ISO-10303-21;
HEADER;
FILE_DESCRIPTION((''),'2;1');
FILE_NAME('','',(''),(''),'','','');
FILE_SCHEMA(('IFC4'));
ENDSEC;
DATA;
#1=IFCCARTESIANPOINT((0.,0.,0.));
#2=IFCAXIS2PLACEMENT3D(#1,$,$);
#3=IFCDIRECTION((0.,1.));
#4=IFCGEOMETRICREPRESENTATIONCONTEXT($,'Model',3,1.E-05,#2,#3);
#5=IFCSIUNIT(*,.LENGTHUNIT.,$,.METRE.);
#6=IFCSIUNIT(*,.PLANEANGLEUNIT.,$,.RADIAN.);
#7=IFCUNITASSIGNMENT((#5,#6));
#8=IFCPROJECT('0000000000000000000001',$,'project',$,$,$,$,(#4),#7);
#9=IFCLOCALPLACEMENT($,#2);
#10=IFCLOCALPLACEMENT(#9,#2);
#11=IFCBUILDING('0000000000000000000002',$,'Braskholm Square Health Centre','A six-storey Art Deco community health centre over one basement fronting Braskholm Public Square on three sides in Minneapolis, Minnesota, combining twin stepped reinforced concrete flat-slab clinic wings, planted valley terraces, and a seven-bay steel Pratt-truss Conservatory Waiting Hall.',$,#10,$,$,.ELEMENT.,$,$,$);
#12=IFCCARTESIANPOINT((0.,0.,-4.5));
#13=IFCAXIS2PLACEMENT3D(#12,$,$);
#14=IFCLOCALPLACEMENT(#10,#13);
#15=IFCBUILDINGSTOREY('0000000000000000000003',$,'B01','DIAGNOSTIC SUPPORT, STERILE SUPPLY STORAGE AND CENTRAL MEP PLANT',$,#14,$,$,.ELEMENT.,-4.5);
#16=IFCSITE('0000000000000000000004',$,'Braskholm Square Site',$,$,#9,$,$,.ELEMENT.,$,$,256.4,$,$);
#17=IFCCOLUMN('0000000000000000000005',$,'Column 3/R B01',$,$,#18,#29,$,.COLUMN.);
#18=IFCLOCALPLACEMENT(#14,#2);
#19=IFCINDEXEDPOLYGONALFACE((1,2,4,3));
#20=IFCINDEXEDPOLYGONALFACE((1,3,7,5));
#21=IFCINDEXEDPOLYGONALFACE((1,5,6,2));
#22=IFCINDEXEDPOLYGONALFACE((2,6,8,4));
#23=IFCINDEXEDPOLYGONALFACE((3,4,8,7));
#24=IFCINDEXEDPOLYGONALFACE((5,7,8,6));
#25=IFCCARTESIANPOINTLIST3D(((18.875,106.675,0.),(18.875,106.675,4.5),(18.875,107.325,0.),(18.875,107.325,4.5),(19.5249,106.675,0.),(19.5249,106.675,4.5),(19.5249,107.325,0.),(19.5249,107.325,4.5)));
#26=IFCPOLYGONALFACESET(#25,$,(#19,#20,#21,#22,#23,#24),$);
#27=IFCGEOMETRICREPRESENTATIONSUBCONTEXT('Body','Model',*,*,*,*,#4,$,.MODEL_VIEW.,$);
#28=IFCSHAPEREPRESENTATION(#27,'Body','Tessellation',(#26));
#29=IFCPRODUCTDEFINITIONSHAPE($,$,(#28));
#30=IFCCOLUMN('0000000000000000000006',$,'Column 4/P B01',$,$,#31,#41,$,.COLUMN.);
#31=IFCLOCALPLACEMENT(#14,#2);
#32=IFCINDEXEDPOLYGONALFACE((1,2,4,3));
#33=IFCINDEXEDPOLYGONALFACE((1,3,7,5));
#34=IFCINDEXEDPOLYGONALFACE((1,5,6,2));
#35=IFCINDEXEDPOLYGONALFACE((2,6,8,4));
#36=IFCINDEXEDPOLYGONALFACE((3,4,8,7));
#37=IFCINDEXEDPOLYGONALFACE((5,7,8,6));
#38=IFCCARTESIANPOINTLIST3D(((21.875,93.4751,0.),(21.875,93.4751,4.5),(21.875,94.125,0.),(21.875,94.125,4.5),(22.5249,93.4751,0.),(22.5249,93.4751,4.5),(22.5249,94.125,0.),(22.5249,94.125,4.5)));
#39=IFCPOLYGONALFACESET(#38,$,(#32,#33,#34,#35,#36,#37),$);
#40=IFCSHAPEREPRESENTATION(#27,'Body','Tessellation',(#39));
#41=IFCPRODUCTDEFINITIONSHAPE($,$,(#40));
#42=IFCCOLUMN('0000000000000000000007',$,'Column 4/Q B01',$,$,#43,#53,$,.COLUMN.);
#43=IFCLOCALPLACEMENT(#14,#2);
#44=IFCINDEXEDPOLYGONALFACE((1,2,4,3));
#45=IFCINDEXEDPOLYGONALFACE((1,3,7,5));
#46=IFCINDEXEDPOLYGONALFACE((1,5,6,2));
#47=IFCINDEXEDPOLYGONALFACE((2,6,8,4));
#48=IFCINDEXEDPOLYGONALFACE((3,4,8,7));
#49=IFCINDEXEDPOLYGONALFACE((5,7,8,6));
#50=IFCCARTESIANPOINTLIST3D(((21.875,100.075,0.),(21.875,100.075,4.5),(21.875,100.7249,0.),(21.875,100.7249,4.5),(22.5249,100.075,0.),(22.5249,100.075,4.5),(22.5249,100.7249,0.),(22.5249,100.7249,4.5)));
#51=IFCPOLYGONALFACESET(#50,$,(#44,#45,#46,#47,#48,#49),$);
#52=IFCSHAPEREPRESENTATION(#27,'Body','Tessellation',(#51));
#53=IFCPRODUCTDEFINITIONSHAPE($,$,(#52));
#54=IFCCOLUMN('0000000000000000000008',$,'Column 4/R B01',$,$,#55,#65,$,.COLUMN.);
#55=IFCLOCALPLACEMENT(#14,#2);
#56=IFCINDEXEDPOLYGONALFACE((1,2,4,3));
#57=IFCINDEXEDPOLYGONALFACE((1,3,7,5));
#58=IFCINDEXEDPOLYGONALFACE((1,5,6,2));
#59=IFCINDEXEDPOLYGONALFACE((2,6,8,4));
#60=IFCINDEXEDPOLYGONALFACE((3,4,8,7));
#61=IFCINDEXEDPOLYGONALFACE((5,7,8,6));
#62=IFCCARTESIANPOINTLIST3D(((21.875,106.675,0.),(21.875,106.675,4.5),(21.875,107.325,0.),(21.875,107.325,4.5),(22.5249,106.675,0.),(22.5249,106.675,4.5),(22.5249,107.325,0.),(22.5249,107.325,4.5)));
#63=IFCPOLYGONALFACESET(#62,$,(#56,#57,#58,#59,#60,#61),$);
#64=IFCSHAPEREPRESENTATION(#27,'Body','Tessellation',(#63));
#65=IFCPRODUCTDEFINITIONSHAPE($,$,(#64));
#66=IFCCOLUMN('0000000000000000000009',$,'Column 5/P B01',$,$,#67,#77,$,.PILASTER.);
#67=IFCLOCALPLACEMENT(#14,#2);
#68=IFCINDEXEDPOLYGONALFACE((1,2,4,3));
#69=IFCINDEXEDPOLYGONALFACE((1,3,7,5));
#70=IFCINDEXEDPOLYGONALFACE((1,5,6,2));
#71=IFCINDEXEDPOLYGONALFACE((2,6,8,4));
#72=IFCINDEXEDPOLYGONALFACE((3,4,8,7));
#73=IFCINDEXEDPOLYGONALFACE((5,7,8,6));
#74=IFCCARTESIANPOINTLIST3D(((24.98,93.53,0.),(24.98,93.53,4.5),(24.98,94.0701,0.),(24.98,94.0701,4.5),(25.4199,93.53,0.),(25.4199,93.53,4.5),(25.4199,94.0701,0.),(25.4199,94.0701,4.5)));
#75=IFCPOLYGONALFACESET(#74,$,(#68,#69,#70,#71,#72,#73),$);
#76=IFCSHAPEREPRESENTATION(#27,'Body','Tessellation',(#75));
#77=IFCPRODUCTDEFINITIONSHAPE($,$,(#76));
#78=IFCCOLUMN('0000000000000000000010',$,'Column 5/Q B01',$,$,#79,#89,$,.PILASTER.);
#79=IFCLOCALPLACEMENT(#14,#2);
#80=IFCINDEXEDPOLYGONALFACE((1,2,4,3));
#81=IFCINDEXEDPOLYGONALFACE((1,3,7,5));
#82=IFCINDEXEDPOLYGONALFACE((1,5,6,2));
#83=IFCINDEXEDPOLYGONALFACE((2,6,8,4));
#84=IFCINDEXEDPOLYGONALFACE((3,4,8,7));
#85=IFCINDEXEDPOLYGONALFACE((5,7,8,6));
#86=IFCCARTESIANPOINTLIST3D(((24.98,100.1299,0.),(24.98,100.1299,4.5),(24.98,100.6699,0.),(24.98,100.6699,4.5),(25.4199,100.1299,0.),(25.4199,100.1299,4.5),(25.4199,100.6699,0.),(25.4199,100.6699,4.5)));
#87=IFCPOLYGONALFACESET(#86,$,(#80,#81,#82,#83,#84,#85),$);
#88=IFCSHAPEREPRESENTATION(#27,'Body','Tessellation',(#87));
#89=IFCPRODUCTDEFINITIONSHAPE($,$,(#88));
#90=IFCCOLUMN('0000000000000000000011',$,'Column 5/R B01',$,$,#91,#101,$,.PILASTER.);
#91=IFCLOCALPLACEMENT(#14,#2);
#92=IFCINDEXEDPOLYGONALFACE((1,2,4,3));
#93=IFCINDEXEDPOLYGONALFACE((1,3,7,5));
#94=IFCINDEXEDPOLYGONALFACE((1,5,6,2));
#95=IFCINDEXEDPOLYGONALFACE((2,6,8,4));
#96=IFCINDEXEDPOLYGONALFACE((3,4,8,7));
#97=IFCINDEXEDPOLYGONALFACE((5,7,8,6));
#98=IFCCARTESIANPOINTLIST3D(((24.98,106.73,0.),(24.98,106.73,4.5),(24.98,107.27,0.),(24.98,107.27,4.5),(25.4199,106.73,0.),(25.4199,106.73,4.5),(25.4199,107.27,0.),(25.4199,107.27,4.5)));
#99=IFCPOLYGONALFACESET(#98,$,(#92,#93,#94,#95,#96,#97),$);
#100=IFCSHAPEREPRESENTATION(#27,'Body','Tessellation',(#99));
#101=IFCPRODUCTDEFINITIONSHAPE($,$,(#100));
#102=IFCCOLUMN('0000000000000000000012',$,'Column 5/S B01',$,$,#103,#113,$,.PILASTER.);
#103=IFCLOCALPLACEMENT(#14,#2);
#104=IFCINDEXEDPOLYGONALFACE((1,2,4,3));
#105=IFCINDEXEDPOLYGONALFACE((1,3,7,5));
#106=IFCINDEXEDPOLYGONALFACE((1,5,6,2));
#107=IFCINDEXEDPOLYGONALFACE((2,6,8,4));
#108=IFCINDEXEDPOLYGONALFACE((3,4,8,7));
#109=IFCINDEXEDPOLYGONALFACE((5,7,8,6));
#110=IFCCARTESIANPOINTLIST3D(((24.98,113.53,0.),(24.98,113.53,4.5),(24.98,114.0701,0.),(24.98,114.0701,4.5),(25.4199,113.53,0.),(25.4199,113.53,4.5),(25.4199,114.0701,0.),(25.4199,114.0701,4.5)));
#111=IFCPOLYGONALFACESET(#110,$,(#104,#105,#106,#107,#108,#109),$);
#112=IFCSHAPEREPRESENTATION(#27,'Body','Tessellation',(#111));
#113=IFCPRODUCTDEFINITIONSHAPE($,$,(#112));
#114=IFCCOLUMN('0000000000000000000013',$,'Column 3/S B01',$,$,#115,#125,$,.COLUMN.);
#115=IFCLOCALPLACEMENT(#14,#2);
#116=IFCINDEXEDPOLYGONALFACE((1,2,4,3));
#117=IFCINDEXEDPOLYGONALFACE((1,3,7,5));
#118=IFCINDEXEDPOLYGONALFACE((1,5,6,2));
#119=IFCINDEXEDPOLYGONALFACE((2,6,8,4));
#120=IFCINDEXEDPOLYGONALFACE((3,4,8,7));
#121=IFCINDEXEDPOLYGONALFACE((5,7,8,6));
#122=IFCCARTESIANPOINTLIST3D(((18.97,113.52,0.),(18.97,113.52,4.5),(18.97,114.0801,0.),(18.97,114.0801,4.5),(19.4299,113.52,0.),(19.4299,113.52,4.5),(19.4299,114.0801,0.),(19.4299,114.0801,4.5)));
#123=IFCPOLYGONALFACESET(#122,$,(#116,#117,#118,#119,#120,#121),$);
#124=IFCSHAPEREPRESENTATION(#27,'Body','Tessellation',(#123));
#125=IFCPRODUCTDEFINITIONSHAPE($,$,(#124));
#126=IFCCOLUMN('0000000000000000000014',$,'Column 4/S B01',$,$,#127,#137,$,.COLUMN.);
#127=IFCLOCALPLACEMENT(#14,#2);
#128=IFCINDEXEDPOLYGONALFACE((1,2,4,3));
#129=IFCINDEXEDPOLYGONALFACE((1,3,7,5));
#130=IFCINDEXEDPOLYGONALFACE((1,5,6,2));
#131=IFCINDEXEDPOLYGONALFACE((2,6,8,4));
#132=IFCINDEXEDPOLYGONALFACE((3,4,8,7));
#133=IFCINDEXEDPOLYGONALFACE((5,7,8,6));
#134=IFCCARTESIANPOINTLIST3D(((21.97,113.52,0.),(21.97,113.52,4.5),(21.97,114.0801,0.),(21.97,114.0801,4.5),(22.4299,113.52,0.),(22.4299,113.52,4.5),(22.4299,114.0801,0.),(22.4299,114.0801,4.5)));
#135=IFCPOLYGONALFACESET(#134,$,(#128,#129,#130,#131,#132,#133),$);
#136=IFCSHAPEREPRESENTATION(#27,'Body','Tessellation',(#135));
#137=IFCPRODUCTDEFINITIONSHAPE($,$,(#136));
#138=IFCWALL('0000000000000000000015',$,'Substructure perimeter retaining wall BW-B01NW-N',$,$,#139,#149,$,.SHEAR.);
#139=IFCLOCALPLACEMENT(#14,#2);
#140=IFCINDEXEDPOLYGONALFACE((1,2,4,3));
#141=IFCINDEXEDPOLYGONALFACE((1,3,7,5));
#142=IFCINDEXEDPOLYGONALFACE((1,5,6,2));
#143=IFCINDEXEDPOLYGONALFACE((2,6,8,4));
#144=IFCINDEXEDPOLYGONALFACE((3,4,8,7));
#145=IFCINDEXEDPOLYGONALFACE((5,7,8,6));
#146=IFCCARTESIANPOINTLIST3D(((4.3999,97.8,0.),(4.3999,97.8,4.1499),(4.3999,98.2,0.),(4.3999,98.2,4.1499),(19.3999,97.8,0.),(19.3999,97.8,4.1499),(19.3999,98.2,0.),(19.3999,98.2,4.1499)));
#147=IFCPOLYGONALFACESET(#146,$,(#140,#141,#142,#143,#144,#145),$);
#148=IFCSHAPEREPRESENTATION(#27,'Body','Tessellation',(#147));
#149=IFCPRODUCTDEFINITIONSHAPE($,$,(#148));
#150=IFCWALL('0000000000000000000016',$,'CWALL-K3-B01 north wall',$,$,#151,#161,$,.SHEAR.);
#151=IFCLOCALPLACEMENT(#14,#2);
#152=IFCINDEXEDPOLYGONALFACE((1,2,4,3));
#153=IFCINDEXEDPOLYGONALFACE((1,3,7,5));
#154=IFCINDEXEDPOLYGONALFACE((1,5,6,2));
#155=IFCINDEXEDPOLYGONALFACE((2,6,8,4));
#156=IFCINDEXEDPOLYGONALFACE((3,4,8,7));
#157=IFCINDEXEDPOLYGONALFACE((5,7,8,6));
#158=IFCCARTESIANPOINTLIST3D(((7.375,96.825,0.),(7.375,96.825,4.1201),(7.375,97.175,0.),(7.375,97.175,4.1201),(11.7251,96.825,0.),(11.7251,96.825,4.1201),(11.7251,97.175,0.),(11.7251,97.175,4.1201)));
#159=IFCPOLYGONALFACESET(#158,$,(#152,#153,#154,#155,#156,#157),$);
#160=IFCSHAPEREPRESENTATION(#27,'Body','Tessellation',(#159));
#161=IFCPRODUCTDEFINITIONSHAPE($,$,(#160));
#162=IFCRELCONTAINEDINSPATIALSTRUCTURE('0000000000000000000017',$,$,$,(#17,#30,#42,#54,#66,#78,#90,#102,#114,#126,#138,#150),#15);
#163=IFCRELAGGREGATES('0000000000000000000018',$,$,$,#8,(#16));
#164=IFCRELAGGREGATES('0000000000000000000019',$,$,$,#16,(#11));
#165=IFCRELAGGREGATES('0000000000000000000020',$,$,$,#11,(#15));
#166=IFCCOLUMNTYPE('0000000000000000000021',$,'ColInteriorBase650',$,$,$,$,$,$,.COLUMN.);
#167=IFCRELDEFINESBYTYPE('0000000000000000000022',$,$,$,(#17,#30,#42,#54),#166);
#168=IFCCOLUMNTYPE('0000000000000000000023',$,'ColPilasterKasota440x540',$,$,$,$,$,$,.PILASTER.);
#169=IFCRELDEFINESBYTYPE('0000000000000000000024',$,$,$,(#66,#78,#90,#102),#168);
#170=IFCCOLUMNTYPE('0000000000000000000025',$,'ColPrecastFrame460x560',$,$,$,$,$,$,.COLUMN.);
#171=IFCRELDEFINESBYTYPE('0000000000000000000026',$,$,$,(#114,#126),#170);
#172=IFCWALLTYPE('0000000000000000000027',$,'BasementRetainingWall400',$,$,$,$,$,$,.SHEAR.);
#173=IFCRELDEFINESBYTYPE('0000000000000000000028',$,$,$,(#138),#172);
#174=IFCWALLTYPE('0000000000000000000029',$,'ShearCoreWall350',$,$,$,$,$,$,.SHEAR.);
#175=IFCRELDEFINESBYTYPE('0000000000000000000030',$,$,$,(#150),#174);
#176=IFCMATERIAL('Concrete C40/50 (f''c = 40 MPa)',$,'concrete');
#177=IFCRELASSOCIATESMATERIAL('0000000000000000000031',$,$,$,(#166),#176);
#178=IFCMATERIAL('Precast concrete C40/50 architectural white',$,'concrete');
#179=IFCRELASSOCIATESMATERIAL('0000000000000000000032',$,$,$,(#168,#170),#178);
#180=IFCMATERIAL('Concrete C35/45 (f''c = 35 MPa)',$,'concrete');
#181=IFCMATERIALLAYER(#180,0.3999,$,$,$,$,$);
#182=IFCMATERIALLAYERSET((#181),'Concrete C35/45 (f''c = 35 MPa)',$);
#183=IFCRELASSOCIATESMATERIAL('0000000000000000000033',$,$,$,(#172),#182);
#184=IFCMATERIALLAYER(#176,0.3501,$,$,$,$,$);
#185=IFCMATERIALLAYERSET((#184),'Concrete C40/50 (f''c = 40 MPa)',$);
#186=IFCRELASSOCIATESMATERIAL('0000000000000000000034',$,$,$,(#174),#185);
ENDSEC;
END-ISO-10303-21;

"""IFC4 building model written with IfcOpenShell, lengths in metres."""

from ifc_helpers import new_model, si_unit, direction, frame, frame_2d, origin, origin_2d, place, context, subcontext, project, spatial, rectangle, extrude, material, layer, layer_set, material_profile, profile_set, type_object, element, save


model = new_model("IFC4")

# Units and contexts
model_context = context("Model", 3, precision=1e-05, world=origin(), true_north=direction((0.0, 1.0)))
body_context = subcontext(model_context, "Body", "Model", "MODEL_VIEW")
ifc_project = project(units=[si_unit("LENGTHUNIT", "METRE"), si_unit("PLANEANGLEUNIT", "RADIAN")], contexts=[model_context])

# Site, building, storey
site_placement = place(None, origin())
site = spatial("IfcSite", under=ifc_project, at=site_placement, Name="Braskholm Square Site", CompositionType="ELEMENT", RefElevation=256.4)
building_placement = place(site_placement, origin())
building = spatial("IfcBuilding", under=site, at=building_placement, Name="Braskholm Square Health Centre", Description="A six-storey Art Deco community health centre over one basement fronting Braskholm Public Square on three sides in Minneapolis, Minnesota, combining twin stepped reinforced concrete flat-slab clinic wings, planted valley terraces, and a seven-bay steel Pratt-truss Conservatory Waiting Hall.", CompositionType="ELEMENT")
storey_placement = place(building_placement, frame((0.0, 0.0, -4.5)))
storey = spatial("IfcBuildingStorey", under=building, at=storey_placement, Name="B01", Description="DIAGNOSTIC SUPPORT, STERILE SUPPLY STORAGE AND CENTRAL MEP PLANT", CompositionType="ELEMENT", Elevation=-4.5)

# Shared definitions
ifc_material_1 = material(Name="Concrete C40/50 (f'c = 40 MPa)", Category="concrete")

# Columns
ifc_material_profile_1 = material_profile(ifc_material_1, rectangle(XDim=0.6499, YDim=0.6499, at=origin_2d()), Name="RC-650X650")
ifc_profile_set_1 = profile_set([ifc_material_profile_1], Name="Concrete C40/50 (f'c = 40 MPa)")
column_type_1 = type_object("IfcColumnType", Name="ColInteriorBase650", PredefinedType="COLUMN", material=ifc_profile_set_1)
for number, where, z_axis, x_axis, name in (
    (1, (19.2, 107.0, 0.0), (0.0, 0.0, 1.0), (1.0, 0.0, 0.0), "Column 3/R B01"),
    (2, (22.2, 93.8, 0.0), (0.0, 0.0, 1.0), (1.0, 0.0, 0.0), "Column 4/P B01"),
    (3, (22.2, 100.3999, 0.0), (0.0, 0.0, 1.0), (1.0, 0.0, 0.0), "Column 4/Q B01"),
    (4, (22.2, 107.0, 0.0), (0.0, 0.0, 1.0), (1.0, 0.0, 0.0), "Column 4/R B01"),
):
    element("IfcColumn", number, at=place(storey_placement, frame(where, z_axis=z_axis, x_axis=x_axis)), inside=storey, type_object=column_type_1, Name=name, PredefinedType="COLUMN", context=body_context, shape_type="SweptSolid", body=[
        extrude(rectangle(XDim=0.6499, YDim=0.6499, at=origin_2d()), origin(), (0.0, 0.0, 1.0), 4.5),
    ])
ifc_material_2 = material(Name="Precast concrete C40/50 architectural white", Category="concrete")
ifc_material_profile_2 = material_profile(ifc_material_2, rectangle(XDim=0.4399, YDim=0.54, at=origin_2d()), Name="RC-440X540")
ifc_profile_set_2 = profile_set([ifc_material_profile_2], Name="Precast concrete C40/50 architectural white")
column_type_2 = type_object("IfcColumnType", Name="ColPilasterKasota440x540", PredefinedType="PILASTER", material=ifc_profile_set_2)
for number, where, z_axis, x_axis, name in (
    (5, (25.2, 93.8, 0.0), (0.0, 0.0, 1.0), (1.0, 0.0, 0.0), "Column 5/P B01"),
    (6, (25.2, 100.3999, 0.0), (0.0, 0.0, 1.0), (1.0, 0.0, 0.0), "Column 5/Q B01"),
    (7, (25.2, 107.0, 0.0), (0.0, 0.0, 1.0), (1.0, 0.0, 0.0), "Column 5/R B01"),
    (8, (25.2, 113.8, 0.0), (0.0, 0.0, 1.0), (1.0, 0.0, 0.0), "Column 5/S B01"),
):
    element("IfcColumn", number, at=place(storey_placement, frame(where, z_axis=z_axis, x_axis=x_axis)), inside=storey, type_object=column_type_2, Name=name, PredefinedType="PILASTER", context=body_context, shape_type="SweptSolid", body=[
        extrude(rectangle(XDim=0.4399, YDim=0.54, at=origin_2d()), origin(), (0.0, 0.0, 1.0), 4.5),
    ])
ifc_material_profile_3 = material_profile(ifc_material_2, rectangle(XDim=0.46, YDim=0.5601, at=origin_2d()), Name="RC-460X560")
ifc_profile_set_3 = profile_set([ifc_material_profile_3], Name="Precast concrete C40/50 architectural white")
column_type_3 = type_object("IfcColumnType", Name="ColPrecastFrame460x560", PredefinedType="COLUMN", material=ifc_profile_set_3)
for number, where, z_axis, x_axis, name in (
    (9, (19.2, 113.8, 0.0), (0.0, 0.0, 1.0), (1.0, 0.0, 0.0), "Column 3/S B01"),
    (10, (22.2, 113.8, 0.0), (0.0, 0.0, 1.0), (1.0, 0.0, 0.0), "Column 4/S B01"),
):
    element("IfcColumn", number, at=place(storey_placement, frame(where, z_axis=z_axis, x_axis=x_axis)), inside=storey, type_object=column_type_3, Name=name, PredefinedType="COLUMN", context=body_context, shape_type="SweptSolid", body=[
        extrude(rectangle(XDim=0.46, YDim=0.5601, at=origin_2d()), origin(), (0.0, 0.0, 1.0), 4.5),
    ])

# Walls
ifc_material_3 = material(Name="Concrete C35/45 (f'c = 35 MPa)", Category="concrete")
ifc_layer_1 = layer(ifc_material_3, 0.3999)
ifc_layer_set_1 = layer_set([ifc_layer_1], Name="Concrete C35/45 (f'c = 35 MPa)")
wall_type_1 = type_object("IfcWallType", Name="BasementRetainingWall400", PredefinedType="SHEAR", material=ifc_layer_set_1)
wall_1_placement = place(storey_placement, frame((19.3999, 98.0, 0.0), z_axis=(0.0, 0.0, 1.0), x_axis=(-1.0, 0.0, 0.0)))
element("IfcWall", 11, at=wall_1_placement, inside=storey, type_object=wall_type_1, Name="Substructure perimeter retaining wall BW-B01NW-N", PredefinedType="SHEAR", context=body_context, shape_type="SweptSolid", body=[
    extrude(rectangle(XDim=15.0, YDim=0.3999, at=frame_2d((7.5, 0.0))), origin(), (0.0, 0.0, 1.0), 4.1499),
])
ifc_layer_2 = layer(ifc_material_1, 0.3501)
ifc_layer_set_2 = layer_set([ifc_layer_2], Name="Concrete C40/50 (f'c = 40 MPa)")
wall_type_2 = type_object("IfcWallType", Name="ShearCoreWall350", PredefinedType="SHEAR", material=ifc_layer_set_2)
wall_2_placement = place(storey_placement, frame((11.7251, 97.0, 0.0), z_axis=(0.0, 0.0, 1.0), x_axis=(-1.0, 0.0, 0.0)))
element("IfcWall", 12, at=wall_2_placement, inside=storey, type_object=wall_type_2, Name="CWALL-K3-B01 north wall", PredefinedType="SHEAR", context=body_context, shape_type="SweptSolid", body=[
    extrude(rectangle(XDim=4.3501, YDim=0.3501, at=frame_2d((2.175, 0.0))), origin(), (0.0, 0.0, 1.0), 4.1201),
])

save(model, "model.ifc")
